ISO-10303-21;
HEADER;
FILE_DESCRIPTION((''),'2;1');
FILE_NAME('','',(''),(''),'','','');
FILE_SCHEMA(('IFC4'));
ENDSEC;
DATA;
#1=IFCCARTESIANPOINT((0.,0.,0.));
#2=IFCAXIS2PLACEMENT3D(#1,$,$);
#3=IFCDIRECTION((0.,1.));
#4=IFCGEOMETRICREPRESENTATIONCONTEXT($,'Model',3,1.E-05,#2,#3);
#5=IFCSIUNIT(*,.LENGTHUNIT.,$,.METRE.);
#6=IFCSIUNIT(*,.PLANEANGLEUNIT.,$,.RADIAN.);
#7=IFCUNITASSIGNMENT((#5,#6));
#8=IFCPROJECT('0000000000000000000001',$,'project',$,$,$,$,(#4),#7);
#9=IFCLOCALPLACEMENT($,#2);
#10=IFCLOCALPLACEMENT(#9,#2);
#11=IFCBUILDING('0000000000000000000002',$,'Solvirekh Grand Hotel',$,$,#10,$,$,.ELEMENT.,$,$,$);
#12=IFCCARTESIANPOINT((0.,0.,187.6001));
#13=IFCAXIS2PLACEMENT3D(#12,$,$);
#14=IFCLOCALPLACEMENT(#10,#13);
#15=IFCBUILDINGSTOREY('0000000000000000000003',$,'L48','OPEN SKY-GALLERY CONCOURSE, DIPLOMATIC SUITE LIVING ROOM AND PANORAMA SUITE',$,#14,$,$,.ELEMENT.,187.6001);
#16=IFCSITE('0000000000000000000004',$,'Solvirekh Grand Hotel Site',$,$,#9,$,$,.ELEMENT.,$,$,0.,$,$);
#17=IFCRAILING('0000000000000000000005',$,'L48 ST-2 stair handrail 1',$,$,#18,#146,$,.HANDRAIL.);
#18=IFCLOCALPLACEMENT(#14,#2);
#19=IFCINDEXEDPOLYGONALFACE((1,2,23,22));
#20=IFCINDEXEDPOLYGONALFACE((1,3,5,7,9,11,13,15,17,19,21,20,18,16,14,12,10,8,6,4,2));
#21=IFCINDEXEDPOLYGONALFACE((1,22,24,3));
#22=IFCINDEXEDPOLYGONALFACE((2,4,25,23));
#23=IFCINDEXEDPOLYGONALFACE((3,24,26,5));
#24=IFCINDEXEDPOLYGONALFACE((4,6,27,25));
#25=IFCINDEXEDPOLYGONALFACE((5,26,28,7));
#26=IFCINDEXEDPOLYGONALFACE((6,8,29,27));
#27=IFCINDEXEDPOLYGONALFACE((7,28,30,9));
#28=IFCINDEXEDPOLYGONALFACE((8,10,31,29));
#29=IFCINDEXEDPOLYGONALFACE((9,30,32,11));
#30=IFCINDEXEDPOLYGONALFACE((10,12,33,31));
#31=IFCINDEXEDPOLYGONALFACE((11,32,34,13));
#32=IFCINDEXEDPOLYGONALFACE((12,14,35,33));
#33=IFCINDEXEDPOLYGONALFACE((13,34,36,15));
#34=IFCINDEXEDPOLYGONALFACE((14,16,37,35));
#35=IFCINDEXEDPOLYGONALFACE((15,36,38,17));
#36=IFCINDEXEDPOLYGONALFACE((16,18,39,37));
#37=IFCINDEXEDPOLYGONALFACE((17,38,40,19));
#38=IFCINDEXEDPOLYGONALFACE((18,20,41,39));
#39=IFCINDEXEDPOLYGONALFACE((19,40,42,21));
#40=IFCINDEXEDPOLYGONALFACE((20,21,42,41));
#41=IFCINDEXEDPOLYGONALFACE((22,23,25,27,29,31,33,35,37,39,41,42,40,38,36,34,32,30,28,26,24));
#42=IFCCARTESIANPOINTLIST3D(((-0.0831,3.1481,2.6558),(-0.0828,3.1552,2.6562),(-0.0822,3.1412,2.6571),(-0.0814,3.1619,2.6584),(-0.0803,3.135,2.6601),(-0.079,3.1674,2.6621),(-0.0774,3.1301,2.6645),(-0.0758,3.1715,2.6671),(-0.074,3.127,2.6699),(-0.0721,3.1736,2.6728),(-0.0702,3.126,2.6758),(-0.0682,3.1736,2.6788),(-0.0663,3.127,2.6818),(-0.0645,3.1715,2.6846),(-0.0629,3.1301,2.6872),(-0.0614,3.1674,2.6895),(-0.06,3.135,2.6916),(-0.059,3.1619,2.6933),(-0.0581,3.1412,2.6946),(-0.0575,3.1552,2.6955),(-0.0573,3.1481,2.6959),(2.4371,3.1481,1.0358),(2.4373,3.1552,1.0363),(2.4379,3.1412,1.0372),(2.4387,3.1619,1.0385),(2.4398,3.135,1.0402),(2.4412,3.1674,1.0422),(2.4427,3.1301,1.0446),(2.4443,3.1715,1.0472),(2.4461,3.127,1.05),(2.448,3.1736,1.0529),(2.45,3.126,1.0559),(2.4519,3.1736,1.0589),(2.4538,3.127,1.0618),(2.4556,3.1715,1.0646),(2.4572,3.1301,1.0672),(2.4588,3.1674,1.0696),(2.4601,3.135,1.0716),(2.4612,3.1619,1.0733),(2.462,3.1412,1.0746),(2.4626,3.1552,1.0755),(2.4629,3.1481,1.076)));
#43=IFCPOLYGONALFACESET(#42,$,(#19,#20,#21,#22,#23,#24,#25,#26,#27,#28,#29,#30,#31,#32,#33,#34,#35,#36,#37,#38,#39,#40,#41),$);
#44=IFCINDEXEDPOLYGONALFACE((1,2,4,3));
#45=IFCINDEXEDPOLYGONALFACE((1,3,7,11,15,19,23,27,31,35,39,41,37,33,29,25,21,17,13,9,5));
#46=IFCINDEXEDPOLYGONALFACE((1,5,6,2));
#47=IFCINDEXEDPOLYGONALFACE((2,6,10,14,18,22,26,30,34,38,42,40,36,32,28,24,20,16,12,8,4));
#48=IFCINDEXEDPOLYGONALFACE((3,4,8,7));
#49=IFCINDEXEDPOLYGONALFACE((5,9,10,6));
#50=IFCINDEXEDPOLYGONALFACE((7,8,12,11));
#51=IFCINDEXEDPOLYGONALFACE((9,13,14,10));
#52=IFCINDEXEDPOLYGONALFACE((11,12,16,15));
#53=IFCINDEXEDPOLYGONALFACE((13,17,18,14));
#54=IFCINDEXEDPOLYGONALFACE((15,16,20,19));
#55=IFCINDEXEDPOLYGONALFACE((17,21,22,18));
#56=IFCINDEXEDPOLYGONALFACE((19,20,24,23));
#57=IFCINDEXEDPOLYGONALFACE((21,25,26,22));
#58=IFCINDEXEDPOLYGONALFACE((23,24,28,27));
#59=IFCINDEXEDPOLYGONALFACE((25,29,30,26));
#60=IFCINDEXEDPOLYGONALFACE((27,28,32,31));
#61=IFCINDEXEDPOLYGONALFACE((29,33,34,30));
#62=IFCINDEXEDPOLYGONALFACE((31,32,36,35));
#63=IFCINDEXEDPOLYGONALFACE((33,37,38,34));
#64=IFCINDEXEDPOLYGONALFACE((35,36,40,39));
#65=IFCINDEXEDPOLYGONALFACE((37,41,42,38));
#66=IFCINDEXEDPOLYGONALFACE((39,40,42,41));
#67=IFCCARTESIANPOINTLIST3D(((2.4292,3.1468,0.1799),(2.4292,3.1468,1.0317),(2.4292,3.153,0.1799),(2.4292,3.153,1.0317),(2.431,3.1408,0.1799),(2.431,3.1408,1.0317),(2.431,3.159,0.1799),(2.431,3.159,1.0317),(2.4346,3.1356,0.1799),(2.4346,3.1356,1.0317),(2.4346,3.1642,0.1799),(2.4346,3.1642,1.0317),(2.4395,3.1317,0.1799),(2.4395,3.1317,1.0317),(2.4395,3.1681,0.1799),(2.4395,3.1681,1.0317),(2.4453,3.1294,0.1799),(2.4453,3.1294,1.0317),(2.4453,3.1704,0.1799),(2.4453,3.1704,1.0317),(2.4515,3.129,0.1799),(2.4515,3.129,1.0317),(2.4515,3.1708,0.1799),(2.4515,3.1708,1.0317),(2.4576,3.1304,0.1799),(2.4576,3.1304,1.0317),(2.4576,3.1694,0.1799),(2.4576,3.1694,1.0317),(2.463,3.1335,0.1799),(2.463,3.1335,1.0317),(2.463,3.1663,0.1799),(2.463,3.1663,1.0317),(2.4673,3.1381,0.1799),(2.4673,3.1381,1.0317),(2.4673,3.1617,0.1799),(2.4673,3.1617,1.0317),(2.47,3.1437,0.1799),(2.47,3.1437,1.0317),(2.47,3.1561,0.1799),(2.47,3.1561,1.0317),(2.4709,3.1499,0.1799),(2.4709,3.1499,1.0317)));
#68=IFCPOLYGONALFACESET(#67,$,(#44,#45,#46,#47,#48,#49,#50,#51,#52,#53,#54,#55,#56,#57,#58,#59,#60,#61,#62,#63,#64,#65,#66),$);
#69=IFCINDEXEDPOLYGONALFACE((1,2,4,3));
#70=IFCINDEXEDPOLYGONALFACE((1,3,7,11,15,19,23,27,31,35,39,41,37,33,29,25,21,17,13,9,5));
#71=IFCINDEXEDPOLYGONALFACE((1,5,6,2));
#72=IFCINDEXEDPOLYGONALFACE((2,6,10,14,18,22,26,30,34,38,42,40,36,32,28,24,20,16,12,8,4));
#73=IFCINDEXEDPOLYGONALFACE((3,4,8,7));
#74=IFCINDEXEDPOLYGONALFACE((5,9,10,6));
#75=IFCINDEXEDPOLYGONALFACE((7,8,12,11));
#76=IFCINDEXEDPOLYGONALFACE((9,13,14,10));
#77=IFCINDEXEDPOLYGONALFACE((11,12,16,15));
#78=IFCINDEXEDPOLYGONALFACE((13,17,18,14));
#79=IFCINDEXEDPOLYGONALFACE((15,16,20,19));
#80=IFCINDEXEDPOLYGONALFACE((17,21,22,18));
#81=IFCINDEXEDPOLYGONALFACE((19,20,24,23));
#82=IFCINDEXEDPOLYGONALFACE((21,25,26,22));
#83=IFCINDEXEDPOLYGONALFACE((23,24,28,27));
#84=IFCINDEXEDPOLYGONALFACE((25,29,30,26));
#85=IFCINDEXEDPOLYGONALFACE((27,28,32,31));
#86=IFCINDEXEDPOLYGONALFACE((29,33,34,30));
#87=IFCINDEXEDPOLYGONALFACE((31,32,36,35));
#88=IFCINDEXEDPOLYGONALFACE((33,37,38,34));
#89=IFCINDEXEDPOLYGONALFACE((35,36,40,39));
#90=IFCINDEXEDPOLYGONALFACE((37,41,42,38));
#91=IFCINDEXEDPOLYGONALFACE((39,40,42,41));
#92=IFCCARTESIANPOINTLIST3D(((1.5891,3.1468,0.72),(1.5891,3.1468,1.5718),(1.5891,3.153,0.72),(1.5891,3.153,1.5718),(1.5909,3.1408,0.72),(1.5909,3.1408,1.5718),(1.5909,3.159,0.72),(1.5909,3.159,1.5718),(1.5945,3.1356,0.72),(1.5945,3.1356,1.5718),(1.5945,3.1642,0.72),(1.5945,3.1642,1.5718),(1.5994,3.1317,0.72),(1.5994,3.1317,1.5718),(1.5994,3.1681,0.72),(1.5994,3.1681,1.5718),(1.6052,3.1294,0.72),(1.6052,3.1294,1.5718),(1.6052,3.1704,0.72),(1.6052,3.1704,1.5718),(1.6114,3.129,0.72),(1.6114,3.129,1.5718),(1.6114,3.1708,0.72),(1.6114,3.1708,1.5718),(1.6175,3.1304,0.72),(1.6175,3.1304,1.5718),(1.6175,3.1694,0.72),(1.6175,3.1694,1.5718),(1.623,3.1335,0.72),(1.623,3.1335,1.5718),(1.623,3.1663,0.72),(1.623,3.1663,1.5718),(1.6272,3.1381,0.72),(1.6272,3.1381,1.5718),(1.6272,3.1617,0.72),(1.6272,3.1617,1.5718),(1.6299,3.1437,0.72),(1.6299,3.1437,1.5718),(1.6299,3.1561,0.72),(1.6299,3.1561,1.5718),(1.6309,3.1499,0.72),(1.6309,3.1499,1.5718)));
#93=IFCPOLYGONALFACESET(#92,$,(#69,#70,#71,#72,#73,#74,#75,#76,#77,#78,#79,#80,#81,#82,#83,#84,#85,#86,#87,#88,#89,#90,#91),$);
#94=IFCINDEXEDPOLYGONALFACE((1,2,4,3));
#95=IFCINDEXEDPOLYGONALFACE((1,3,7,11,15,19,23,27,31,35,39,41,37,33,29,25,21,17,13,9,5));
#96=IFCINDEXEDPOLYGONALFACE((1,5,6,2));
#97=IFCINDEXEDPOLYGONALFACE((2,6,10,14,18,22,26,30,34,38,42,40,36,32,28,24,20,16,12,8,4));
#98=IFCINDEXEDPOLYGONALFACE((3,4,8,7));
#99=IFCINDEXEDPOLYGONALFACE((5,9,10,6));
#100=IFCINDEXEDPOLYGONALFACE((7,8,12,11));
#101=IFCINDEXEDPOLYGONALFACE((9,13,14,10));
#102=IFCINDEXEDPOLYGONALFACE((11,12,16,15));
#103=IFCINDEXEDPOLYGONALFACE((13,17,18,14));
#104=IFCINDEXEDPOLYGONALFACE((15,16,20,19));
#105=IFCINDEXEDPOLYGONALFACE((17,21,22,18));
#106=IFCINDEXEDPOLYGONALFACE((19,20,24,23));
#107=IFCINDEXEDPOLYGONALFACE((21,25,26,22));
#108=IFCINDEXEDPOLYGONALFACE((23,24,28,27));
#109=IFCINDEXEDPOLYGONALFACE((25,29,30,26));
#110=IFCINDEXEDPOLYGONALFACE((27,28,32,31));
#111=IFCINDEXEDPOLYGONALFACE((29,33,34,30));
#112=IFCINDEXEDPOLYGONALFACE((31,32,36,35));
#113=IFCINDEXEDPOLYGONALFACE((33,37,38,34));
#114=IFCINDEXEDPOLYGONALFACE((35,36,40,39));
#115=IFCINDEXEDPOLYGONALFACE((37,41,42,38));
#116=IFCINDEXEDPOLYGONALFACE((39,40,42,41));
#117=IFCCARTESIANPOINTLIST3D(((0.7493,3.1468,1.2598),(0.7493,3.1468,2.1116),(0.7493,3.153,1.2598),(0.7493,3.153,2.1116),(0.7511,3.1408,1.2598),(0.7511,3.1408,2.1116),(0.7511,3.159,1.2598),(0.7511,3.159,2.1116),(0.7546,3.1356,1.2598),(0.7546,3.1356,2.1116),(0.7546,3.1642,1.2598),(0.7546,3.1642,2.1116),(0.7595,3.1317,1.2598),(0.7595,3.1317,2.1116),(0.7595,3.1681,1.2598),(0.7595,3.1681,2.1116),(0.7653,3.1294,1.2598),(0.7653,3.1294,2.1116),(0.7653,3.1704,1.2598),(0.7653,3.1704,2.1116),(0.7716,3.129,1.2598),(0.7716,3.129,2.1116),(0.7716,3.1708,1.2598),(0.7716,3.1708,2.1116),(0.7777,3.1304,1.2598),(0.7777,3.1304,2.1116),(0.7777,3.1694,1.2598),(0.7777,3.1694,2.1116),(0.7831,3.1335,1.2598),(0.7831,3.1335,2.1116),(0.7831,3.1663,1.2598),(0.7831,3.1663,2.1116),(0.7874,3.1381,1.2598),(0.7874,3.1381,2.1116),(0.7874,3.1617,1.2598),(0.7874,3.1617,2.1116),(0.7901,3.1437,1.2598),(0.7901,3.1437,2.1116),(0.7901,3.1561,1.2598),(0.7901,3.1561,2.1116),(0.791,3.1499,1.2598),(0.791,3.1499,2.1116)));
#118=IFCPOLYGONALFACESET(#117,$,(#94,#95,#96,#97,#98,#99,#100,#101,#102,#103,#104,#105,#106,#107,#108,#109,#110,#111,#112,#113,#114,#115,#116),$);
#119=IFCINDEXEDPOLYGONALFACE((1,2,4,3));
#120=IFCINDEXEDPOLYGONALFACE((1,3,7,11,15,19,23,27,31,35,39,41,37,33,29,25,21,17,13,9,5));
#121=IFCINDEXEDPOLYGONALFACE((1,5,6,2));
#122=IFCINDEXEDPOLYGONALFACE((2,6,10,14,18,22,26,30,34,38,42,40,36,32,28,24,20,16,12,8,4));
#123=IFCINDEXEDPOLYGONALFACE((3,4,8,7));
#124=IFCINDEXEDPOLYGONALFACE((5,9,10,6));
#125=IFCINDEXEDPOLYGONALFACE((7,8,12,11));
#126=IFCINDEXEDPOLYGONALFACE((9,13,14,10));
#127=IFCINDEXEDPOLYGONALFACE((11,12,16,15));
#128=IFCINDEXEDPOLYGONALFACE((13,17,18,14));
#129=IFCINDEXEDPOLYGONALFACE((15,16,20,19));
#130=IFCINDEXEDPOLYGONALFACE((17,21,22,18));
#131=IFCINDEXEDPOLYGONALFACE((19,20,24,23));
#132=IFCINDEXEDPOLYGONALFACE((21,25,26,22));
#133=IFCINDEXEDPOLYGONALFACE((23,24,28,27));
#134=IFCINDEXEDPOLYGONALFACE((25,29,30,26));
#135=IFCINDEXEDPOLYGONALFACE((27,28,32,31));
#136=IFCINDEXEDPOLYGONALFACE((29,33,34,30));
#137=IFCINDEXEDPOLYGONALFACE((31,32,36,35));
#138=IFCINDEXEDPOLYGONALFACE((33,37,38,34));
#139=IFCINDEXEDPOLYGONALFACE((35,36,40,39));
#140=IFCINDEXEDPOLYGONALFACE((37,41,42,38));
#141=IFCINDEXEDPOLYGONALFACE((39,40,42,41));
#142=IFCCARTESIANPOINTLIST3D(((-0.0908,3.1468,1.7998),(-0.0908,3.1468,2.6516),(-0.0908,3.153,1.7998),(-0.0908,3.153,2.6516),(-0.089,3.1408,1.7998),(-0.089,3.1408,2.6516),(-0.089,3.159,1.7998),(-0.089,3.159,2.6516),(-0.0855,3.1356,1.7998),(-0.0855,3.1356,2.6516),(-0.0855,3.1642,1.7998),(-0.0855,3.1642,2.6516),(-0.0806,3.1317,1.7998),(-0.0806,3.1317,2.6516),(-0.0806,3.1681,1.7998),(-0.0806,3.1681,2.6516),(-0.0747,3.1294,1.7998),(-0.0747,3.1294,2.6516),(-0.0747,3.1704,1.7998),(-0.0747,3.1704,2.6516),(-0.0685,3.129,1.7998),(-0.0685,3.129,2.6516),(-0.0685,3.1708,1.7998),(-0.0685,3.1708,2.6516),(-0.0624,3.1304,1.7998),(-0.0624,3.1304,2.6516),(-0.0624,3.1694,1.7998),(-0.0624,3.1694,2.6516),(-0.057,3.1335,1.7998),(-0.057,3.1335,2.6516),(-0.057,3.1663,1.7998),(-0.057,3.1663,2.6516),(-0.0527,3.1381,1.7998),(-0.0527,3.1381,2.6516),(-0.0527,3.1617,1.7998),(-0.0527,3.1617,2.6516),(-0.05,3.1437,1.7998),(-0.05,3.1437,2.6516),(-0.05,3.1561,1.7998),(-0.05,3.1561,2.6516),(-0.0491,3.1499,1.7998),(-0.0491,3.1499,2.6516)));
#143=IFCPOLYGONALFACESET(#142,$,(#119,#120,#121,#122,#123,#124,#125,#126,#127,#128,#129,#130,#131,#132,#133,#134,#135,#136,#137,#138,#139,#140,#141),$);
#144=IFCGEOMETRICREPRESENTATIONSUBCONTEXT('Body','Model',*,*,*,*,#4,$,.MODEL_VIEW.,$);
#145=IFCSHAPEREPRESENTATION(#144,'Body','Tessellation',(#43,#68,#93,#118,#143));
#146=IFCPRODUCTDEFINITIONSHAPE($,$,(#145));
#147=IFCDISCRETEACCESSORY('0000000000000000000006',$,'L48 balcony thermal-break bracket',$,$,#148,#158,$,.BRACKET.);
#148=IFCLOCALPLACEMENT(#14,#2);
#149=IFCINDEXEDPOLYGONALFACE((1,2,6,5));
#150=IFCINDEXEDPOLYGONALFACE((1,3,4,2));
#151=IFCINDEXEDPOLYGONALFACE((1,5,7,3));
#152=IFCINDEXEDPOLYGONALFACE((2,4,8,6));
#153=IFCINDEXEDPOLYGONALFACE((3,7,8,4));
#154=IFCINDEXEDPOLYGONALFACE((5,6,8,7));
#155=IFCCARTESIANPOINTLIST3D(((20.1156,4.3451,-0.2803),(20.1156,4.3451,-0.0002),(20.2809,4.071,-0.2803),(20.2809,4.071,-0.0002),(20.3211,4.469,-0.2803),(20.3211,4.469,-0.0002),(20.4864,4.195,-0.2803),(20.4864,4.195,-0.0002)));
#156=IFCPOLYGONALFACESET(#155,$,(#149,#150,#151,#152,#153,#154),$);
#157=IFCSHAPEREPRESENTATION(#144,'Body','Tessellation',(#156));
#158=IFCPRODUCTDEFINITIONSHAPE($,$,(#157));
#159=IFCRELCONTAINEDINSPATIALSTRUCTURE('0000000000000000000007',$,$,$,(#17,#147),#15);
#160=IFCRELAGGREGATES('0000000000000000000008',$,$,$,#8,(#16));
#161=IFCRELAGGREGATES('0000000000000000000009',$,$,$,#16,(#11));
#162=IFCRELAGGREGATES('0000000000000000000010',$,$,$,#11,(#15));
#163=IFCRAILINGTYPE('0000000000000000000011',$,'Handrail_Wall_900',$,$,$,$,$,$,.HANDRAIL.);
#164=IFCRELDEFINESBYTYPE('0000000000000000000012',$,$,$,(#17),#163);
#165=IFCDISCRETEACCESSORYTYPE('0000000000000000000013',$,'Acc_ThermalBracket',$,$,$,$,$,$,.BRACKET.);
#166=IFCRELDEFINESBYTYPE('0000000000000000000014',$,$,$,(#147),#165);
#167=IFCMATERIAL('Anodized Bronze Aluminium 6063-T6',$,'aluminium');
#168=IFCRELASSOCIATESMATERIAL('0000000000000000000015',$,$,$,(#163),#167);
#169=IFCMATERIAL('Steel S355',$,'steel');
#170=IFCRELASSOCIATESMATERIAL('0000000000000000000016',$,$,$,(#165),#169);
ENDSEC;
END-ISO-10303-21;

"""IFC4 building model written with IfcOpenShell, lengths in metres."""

from ifc_helpers import new_model, si_unit, direction, frame, origin, origin_2d, place, context, subcontext, project, spatial, rectangle, circle, extrude, material, type_object, element, save


model = new_model("IFC4")

# Units and contexts
model_context = context("Model", 3, precision=1e-05, world=origin(), true_north=direction((0.0, 1.0)))
body_context = subcontext(model_context, "Body", "Model", "MODEL_VIEW")
ifc_project = project(units=[si_unit("LENGTHUNIT", "METRE"), si_unit("PLANEANGLEUNIT", "RADIAN")], contexts=[model_context])

# Site, building, storey
site_placement = place(None, origin())
site = spatial("IfcSite", under=ifc_project, at=site_placement, Name="Solvirekh Grand Hotel Site", CompositionType="ELEMENT", RefElevation=0.0)
building_placement = place(site_placement, origin())
building = spatial("IfcBuilding", under=site, at=building_placement, Name="Solvirekh Grand Hotel", CompositionType="ELEMENT")
storey_placement = place(building_placement, frame((0.0, 0.0, 187.6001)))
storey = spatial("IfcBuildingStorey", under=building, at=storey_placement, Name="L48", Description="OPEN SKY-GALLERY CONCOURSE, DIPLOMATIC SUITE LIVING ROOM AND PANORAMA SUITE", CompositionType="ELEMENT", Elevation=187.6001)

# Shared definitions
ifc_material_1 = material(Name="Anodized Bronze Aluminium 6063-T6", Category="aluminium")

# Railing
ifc_material_2 = material(Name="Steel S355", Category="steel")
railing_type_1 = type_object("IfcRailingType", Name="Handrail_Wall_900", PredefinedType="HANDRAIL", material=ifc_material_1)
railing_1_placement = place(storey_placement, frame((2.45, 3.1499, 0.1799)))
element("IfcRailing", 1, at=railing_1_placement, inside=storey, type_object=railing_type_1, Name="L48 ST-2 stair handrail 1", PredefinedType="HANDRAIL", context=body_context, shape_type="SweptSolid", body=[
    extrude(circle(Radius=0.0239, at=origin_2d()), frame((0.0, 0.0, 0.876), z_axis=(-0.8412, 0.0, 0.540725), x_axis=(0.0, -1.0, 0.0)), (0.0, 0.0, 1.0), 2.9958),
    extrude(circle(Radius=0.021, at=origin_2d()), origin(), (0.0, 0.0, 1.0), 0.8518),
    extrude(circle(Radius=0.021, at=origin_2d()), frame((-0.8401, 0.0, 0.54)), (0.0, 0.0, 1.0), 0.8518),
    extrude(circle(Radius=0.021, at=origin_2d()), frame((-1.6799, 0.0, 1.0798)), (0.0, 0.0, 1.0), 0.8518),
    extrude(circle(Radius=0.021, at=origin_2d()), frame((-2.52, 0.0, 1.6199)), (0.0, 0.0, 1.0), 0.8518),
])

# Discrete accessory
discrete_accessory_type = type_object("IfcDiscreteAccessoryType", Name="Acc_ThermalBracket", PredefinedType="BRACKET", material=ifc_material_2)
discrete_accessory_placement = place(storey_placement, frame((20.301, 4.27, -0.2803), z_axis=(0.0, 0.0, 1.0), x_axis=(0.516533, -0.856267, 0.0)))
element("IfcDiscreteAccessory", 2, at=discrete_accessory_placement, inside=storey, type_object=discrete_accessory_type, Name="L48 balcony thermal-break bracket", PredefinedType="BRACKET", context=body_context, shape_type="SweptSolid", body=[
    extrude(rectangle(XDim=0.3201, YDim=0.24, at=origin_2d()), origin(), (0.0, 0.0, 1.0), 0.28),
])

save(model, "model.ifc")
